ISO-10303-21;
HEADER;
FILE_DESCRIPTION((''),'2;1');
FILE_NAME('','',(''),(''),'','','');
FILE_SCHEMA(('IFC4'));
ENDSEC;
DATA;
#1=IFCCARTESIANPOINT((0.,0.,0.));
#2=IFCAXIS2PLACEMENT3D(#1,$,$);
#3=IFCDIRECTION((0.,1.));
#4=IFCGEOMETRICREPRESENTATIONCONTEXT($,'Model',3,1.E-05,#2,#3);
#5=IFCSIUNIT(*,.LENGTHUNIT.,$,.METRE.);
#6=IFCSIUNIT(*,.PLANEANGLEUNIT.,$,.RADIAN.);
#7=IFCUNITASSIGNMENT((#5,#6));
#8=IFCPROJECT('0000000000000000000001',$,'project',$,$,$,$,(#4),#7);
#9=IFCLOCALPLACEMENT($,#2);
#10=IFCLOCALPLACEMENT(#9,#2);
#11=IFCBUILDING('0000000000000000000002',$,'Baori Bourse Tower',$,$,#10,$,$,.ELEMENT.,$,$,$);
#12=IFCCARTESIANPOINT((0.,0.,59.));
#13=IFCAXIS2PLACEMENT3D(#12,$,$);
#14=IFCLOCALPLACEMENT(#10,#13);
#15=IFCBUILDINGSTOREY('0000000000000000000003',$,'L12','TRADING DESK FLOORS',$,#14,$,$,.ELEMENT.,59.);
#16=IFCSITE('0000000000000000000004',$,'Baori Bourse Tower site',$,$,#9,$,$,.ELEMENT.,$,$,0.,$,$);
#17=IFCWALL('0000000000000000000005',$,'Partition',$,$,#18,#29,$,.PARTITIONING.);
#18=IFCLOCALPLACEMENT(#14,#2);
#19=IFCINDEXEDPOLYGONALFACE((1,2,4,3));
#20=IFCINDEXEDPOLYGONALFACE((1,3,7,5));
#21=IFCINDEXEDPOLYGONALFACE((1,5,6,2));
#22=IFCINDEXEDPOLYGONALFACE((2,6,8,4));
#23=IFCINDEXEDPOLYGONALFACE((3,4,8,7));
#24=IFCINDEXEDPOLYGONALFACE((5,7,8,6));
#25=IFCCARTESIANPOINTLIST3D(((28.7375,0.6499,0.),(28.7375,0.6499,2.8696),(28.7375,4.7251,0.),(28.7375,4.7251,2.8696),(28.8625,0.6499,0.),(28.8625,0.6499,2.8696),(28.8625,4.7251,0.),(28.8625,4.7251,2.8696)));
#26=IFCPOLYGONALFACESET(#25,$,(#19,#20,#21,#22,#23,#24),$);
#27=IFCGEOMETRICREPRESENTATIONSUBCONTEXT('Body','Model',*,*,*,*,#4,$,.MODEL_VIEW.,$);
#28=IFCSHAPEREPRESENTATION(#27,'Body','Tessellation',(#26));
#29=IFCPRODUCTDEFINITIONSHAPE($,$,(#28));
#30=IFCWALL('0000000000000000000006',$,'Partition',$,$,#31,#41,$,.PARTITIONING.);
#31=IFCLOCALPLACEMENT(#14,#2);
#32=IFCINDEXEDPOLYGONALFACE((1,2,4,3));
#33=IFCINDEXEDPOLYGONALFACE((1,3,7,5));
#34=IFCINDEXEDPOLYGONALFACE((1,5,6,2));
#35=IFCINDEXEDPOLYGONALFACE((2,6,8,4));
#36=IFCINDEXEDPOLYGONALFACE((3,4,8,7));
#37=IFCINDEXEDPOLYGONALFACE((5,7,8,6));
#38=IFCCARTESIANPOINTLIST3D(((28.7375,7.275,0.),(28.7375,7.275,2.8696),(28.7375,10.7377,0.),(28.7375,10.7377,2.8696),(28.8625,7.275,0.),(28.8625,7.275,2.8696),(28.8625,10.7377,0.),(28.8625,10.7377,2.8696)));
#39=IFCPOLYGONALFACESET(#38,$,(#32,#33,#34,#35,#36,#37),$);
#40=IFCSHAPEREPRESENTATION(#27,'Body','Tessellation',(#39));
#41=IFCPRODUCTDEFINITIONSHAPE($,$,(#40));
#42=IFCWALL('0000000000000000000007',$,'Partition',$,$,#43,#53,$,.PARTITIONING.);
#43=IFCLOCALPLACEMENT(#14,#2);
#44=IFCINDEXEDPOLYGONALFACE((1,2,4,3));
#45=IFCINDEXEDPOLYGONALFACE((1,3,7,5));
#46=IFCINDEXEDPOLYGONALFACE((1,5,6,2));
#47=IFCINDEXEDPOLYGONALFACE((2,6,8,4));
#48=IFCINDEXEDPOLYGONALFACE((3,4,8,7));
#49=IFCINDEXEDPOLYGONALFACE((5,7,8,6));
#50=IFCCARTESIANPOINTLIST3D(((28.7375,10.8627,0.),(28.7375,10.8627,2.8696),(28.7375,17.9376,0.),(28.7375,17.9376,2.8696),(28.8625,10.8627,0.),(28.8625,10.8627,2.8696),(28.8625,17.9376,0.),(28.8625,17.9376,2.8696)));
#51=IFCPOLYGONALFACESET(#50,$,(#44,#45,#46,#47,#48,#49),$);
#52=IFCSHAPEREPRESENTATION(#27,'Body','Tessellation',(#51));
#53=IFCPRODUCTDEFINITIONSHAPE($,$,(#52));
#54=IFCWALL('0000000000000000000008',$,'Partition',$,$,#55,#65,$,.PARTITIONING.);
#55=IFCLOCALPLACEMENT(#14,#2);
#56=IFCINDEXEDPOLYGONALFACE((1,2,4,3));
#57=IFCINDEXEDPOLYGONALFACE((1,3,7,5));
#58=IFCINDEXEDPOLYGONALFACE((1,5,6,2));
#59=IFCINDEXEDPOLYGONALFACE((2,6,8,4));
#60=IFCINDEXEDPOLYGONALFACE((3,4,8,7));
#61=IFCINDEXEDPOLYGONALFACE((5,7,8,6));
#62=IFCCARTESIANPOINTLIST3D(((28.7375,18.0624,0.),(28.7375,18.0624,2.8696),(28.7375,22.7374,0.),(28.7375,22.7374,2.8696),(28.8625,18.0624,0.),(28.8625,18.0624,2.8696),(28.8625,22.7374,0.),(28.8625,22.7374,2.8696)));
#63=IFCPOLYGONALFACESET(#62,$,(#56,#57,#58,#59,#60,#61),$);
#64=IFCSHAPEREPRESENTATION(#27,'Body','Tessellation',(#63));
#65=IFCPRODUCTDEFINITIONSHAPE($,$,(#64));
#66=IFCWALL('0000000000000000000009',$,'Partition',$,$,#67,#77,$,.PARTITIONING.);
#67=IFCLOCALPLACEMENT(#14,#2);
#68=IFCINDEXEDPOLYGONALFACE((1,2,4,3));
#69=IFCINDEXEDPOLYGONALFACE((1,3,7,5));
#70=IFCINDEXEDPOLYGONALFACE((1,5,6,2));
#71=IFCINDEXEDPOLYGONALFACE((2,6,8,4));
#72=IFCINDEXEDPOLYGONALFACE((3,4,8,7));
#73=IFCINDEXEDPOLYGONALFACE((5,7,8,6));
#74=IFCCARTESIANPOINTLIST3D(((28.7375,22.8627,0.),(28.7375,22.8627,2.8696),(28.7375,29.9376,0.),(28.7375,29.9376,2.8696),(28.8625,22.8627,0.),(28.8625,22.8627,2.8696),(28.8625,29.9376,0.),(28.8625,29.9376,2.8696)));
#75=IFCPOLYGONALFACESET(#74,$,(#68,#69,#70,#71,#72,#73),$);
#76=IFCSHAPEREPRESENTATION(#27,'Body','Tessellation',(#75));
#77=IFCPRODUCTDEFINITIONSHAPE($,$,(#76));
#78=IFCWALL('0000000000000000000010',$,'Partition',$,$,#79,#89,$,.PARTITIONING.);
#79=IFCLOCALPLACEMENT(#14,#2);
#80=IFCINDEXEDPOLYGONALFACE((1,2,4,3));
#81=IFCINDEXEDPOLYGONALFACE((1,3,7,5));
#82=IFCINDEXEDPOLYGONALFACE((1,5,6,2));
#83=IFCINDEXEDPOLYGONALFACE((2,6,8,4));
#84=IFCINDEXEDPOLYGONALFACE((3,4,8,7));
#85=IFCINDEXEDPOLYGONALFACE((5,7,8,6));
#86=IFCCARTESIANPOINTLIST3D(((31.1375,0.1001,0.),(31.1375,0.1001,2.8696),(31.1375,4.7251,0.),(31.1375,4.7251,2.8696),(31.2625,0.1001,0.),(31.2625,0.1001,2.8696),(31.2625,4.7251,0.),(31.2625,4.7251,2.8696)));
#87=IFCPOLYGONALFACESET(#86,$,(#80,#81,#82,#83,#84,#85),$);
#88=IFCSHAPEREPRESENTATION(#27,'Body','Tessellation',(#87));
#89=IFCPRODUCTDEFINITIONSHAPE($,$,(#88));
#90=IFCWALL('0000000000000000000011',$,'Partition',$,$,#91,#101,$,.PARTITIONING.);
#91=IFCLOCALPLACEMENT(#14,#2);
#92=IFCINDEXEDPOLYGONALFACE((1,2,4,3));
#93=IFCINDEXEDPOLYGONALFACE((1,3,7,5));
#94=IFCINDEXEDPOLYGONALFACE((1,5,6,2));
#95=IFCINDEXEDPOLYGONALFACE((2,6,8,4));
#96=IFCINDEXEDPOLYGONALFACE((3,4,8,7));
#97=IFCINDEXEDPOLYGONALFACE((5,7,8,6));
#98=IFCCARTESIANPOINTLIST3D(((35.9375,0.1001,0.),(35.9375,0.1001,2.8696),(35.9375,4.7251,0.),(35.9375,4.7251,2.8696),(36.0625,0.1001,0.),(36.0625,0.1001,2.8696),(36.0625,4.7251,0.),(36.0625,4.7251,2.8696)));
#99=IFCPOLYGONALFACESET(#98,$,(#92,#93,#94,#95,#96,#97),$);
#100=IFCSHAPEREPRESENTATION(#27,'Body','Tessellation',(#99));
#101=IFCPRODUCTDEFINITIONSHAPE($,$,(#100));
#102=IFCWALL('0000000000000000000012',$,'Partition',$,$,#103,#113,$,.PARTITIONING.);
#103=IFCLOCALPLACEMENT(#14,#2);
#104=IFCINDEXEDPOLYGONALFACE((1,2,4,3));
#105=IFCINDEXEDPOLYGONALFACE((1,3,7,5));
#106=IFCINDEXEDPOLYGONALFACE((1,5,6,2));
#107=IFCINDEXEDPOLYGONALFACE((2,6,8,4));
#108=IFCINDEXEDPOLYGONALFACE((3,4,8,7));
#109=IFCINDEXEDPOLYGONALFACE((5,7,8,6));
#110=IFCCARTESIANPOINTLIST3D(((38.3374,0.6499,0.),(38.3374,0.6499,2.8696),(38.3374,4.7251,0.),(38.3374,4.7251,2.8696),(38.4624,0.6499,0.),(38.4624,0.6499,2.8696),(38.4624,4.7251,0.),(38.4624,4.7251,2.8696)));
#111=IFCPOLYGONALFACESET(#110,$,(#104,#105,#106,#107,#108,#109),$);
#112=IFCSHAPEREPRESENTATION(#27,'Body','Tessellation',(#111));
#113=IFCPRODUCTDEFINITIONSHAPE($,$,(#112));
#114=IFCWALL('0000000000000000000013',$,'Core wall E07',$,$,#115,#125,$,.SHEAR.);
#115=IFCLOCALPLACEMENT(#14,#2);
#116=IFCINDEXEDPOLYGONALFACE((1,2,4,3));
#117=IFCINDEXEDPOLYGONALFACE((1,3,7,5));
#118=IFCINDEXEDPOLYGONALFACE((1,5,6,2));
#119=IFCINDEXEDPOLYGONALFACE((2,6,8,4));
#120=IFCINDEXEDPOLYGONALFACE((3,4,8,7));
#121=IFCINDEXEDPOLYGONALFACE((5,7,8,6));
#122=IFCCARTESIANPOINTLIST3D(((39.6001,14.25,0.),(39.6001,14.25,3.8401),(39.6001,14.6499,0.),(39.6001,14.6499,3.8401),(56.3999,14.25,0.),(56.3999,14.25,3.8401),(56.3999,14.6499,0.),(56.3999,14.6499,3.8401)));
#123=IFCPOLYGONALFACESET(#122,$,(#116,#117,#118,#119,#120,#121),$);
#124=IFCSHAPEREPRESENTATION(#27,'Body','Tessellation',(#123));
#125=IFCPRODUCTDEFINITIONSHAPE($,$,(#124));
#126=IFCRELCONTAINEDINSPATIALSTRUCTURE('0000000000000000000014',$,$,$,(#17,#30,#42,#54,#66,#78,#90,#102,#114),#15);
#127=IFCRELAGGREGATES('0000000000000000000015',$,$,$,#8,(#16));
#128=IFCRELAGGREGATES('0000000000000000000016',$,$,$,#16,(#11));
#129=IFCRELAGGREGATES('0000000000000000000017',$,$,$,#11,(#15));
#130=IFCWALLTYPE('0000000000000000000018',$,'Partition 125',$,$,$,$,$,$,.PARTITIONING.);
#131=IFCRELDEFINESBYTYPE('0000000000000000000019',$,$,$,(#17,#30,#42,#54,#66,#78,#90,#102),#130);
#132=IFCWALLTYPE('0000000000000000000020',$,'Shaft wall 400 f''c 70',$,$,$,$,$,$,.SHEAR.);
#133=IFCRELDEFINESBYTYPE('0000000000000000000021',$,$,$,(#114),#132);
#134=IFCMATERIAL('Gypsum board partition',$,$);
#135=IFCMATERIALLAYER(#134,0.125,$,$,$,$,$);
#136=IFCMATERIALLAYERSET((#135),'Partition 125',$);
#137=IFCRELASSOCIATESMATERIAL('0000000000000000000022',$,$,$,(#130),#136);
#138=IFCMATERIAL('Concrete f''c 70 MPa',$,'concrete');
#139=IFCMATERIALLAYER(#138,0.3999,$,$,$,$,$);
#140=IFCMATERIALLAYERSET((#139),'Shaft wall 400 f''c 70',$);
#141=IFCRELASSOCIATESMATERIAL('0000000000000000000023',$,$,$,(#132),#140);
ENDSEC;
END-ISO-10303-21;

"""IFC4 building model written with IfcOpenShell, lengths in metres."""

from ifc_helpers import new_model, si_unit, direction, frame, frame_2d, origin, place, context, subcontext, project, spatial, rectangle, extrude, material, layer, layer_set, type_object, element, save


model = new_model("IFC4")

# Units and contexts
model_context = context("Model", 3, precision=1e-05, world=origin(), true_north=direction((0.0, 1.0)))
body_context = subcontext(model_context, "Body", "Model", "MODEL_VIEW")
ifc_project = project(units=[si_unit("LENGTHUNIT", "METRE"), si_unit("PLANEANGLEUNIT", "RADIAN")], contexts=[model_context])

# Site, building, storey
site_placement = place(None, origin())
site = spatial("IfcSite", under=ifc_project, at=site_placement, Name="Baori Bourse Tower site", CompositionType="ELEMENT", RefElevation=0.0)
building_placement = place(site_placement, origin())
building = spatial("IfcBuilding", under=site, at=building_placement, Name="Baori Bourse Tower", CompositionType="ELEMENT")
storey_placement = place(building_placement, frame((0.0, 0.0, 59.0)))
storey = spatial("IfcBuildingStorey", under=building, at=storey_placement, Name="L12", Description="TRADING DESK FLOORS", CompositionType="ELEMENT", Elevation=59.0)

# Walls
ifc_material_1 = material(Name="Gypsum board partition")
ifc_layer_1 = layer(ifc_material_1, 0.125)
ifc_layer_set_1 = layer_set([ifc_layer_1], Name="Partition 125")
wall_type_1 = type_object("IfcWallType", Name="Partition 125", PredefinedType="PARTITIONING", material=ifc_layer_set_1)
wall_1_placement = place(storey_placement, frame((28.8, 0.6499, 0.0), z_axis=(0.0, 0.0, 1.0), x_axis=(0.0, 1.0, 0.0)))
element("IfcWall", 1, at=wall_1_placement, inside=storey, type_object=wall_type_1, Name="Partition", PredefinedType="PARTITIONING", context=body_context, shape_type="SweptSolid", body=[
    extrude(rectangle(XDim=4.0752, YDim=0.125, at=frame_2d((2.0376, 0.0))), origin(), (0.0, 0.0, 1.0), 2.8696),
])
wall_2_placement = place(storey_placement, frame((28.8, 7.2749, 0.0), z_axis=(0.0, 0.0, 1.0), x_axis=(0.0, 1.0, 0.0)))
element("IfcWall", 2, at=wall_2_placement, inside=storey, type_object=wall_type_1, Name="Partition", PredefinedType="PARTITIONING", context=body_context, shape_type="SweptSolid", body=[
    extrude(rectangle(XDim=3.4626, YDim=0.125, at=frame_2d((1.7314, 0.0))), origin(), (0.0, 0.0, 1.0), 2.8696),
])
wall_3_placement = place(storey_placement, frame((28.8, 10.8625, 0.0), z_axis=(0.0, 0.0, 1.0), x_axis=(0.0, 1.0, 0.0)))
element("IfcWall", 3, at=wall_3_placement, inside=storey, type_object=wall_type_1, Name="Partition", PredefinedType="PARTITIONING", context=body_context, shape_type="SweptSolid", body=[
    extrude(rectangle(XDim=7.075, YDim=0.125, at=frame_2d((3.5376, 0.0))), origin(), (0.0, 0.0, 1.0), 2.8696),
])
wall_4_placement = place(storey_placement, frame((28.8, 18.0625, 0.0), z_axis=(0.0, 0.0, 1.0), x_axis=(0.0, 1.0, 0.0)))
element("IfcWall", 4, at=wall_4_placement, inside=storey, type_object=wall_type_1, Name="Partition", PredefinedType="PARTITIONING", context=body_context, shape_type="SweptSolid", body=[
    extrude(rectangle(XDim=4.675, YDim=0.125, at=frame_2d((2.3374, 0.0))), origin(), (0.0, 0.0, 1.0), 2.8696),
])
wall_5_placement = place(storey_placement, frame((28.8, 22.8625, 0.0), z_axis=(0.0, 0.0, 1.0), x_axis=(0.0, 1.0, 0.0)))
element("IfcWall", 5, at=wall_5_placement, inside=storey, type_object=wall_type_1, Name="Partition", PredefinedType="PARTITIONING", context=body_context, shape_type="SweptSolid", body=[
    extrude(rectangle(XDim=7.075, YDim=0.125, at=frame_2d((3.5376, 0.0))), origin(), (0.0, 0.0, 1.0), 2.8696),
])
for number, where, z_axis, x_axis, name in (
    (6, (31.2, 0.1001, 0.0), (0.0, 0.0, 1.0), (0.0, 1.0, 0.0), "Partition"),
    (7, (36.0, 0.1001, 0.0), (0.0, 0.0, 1.0), (0.0, 1.0, 0.0), "Partition"),
):
    element("IfcWall", number, at=place(storey_placement, frame(where, z_axis=z_axis, x_axis=x_axis)), inside=storey, type_object=wall_type_1, Name=name, PredefinedType="PARTITIONING", context=body_context, shape_type="SweptSolid", body=[
        extrude(rectangle(XDim=4.625, YDim=0.125, at=frame_2d((2.3125, 0.0))), origin(), (0.0, 0.0, 1.0), 2.8696),
    ])
wall_6_placement = place(storey_placement, frame((38.3999, 0.6499, 0.0), z_axis=(0.0, 0.0, 1.0), x_axis=(0.0, 1.0, 0.0)))
element("IfcWall", 8, at=wall_6_placement, inside=storey, type_object=wall_type_1, Name="Partition", PredefinedType="PARTITIONING", context=body_context, shape_type="SweptSolid", body=[
    extrude(rectangle(XDim=4.0752, YDim=0.125, at=frame_2d((2.0376, 0.0))), origin(), (0.0, 0.0, 1.0), 2.8696),
])
ifc_material_2 = material(Name="Concrete f'c 70 MPa", Category="concrete")
ifc_layer_2 = layer(ifc_material_2, 0.3999)
ifc_layer_set_2 = layer_set([ifc_layer_2], Name="Shaft wall 400 f'c 70")
wall_type_2 = type_object("IfcWallType", Name="Shaft wall 400 f'c 70", PredefinedType="SHEAR", material=ifc_layer_set_2)
wall_7_placement = place(storey_placement, frame((39.6001, 14.45, 0.0), z_axis=(0.0, 0.0, 1.0), x_axis=(1.0, 0.0, 0.0)))
element("IfcWall", 9, at=wall_7_placement, inside=storey, type_object=wall_type_2, Name="Core wall E07", PredefinedType="SHEAR", context=body_context, shape_type="SweptSolid", body=[
    extrude(rectangle(XDim=16.7998, YDim=0.3999, at=frame_2d((8.3999, 0.0))), origin(), (0.0, 0.0, 1.0), 3.8401),
])

save(model, "model.ifc")
